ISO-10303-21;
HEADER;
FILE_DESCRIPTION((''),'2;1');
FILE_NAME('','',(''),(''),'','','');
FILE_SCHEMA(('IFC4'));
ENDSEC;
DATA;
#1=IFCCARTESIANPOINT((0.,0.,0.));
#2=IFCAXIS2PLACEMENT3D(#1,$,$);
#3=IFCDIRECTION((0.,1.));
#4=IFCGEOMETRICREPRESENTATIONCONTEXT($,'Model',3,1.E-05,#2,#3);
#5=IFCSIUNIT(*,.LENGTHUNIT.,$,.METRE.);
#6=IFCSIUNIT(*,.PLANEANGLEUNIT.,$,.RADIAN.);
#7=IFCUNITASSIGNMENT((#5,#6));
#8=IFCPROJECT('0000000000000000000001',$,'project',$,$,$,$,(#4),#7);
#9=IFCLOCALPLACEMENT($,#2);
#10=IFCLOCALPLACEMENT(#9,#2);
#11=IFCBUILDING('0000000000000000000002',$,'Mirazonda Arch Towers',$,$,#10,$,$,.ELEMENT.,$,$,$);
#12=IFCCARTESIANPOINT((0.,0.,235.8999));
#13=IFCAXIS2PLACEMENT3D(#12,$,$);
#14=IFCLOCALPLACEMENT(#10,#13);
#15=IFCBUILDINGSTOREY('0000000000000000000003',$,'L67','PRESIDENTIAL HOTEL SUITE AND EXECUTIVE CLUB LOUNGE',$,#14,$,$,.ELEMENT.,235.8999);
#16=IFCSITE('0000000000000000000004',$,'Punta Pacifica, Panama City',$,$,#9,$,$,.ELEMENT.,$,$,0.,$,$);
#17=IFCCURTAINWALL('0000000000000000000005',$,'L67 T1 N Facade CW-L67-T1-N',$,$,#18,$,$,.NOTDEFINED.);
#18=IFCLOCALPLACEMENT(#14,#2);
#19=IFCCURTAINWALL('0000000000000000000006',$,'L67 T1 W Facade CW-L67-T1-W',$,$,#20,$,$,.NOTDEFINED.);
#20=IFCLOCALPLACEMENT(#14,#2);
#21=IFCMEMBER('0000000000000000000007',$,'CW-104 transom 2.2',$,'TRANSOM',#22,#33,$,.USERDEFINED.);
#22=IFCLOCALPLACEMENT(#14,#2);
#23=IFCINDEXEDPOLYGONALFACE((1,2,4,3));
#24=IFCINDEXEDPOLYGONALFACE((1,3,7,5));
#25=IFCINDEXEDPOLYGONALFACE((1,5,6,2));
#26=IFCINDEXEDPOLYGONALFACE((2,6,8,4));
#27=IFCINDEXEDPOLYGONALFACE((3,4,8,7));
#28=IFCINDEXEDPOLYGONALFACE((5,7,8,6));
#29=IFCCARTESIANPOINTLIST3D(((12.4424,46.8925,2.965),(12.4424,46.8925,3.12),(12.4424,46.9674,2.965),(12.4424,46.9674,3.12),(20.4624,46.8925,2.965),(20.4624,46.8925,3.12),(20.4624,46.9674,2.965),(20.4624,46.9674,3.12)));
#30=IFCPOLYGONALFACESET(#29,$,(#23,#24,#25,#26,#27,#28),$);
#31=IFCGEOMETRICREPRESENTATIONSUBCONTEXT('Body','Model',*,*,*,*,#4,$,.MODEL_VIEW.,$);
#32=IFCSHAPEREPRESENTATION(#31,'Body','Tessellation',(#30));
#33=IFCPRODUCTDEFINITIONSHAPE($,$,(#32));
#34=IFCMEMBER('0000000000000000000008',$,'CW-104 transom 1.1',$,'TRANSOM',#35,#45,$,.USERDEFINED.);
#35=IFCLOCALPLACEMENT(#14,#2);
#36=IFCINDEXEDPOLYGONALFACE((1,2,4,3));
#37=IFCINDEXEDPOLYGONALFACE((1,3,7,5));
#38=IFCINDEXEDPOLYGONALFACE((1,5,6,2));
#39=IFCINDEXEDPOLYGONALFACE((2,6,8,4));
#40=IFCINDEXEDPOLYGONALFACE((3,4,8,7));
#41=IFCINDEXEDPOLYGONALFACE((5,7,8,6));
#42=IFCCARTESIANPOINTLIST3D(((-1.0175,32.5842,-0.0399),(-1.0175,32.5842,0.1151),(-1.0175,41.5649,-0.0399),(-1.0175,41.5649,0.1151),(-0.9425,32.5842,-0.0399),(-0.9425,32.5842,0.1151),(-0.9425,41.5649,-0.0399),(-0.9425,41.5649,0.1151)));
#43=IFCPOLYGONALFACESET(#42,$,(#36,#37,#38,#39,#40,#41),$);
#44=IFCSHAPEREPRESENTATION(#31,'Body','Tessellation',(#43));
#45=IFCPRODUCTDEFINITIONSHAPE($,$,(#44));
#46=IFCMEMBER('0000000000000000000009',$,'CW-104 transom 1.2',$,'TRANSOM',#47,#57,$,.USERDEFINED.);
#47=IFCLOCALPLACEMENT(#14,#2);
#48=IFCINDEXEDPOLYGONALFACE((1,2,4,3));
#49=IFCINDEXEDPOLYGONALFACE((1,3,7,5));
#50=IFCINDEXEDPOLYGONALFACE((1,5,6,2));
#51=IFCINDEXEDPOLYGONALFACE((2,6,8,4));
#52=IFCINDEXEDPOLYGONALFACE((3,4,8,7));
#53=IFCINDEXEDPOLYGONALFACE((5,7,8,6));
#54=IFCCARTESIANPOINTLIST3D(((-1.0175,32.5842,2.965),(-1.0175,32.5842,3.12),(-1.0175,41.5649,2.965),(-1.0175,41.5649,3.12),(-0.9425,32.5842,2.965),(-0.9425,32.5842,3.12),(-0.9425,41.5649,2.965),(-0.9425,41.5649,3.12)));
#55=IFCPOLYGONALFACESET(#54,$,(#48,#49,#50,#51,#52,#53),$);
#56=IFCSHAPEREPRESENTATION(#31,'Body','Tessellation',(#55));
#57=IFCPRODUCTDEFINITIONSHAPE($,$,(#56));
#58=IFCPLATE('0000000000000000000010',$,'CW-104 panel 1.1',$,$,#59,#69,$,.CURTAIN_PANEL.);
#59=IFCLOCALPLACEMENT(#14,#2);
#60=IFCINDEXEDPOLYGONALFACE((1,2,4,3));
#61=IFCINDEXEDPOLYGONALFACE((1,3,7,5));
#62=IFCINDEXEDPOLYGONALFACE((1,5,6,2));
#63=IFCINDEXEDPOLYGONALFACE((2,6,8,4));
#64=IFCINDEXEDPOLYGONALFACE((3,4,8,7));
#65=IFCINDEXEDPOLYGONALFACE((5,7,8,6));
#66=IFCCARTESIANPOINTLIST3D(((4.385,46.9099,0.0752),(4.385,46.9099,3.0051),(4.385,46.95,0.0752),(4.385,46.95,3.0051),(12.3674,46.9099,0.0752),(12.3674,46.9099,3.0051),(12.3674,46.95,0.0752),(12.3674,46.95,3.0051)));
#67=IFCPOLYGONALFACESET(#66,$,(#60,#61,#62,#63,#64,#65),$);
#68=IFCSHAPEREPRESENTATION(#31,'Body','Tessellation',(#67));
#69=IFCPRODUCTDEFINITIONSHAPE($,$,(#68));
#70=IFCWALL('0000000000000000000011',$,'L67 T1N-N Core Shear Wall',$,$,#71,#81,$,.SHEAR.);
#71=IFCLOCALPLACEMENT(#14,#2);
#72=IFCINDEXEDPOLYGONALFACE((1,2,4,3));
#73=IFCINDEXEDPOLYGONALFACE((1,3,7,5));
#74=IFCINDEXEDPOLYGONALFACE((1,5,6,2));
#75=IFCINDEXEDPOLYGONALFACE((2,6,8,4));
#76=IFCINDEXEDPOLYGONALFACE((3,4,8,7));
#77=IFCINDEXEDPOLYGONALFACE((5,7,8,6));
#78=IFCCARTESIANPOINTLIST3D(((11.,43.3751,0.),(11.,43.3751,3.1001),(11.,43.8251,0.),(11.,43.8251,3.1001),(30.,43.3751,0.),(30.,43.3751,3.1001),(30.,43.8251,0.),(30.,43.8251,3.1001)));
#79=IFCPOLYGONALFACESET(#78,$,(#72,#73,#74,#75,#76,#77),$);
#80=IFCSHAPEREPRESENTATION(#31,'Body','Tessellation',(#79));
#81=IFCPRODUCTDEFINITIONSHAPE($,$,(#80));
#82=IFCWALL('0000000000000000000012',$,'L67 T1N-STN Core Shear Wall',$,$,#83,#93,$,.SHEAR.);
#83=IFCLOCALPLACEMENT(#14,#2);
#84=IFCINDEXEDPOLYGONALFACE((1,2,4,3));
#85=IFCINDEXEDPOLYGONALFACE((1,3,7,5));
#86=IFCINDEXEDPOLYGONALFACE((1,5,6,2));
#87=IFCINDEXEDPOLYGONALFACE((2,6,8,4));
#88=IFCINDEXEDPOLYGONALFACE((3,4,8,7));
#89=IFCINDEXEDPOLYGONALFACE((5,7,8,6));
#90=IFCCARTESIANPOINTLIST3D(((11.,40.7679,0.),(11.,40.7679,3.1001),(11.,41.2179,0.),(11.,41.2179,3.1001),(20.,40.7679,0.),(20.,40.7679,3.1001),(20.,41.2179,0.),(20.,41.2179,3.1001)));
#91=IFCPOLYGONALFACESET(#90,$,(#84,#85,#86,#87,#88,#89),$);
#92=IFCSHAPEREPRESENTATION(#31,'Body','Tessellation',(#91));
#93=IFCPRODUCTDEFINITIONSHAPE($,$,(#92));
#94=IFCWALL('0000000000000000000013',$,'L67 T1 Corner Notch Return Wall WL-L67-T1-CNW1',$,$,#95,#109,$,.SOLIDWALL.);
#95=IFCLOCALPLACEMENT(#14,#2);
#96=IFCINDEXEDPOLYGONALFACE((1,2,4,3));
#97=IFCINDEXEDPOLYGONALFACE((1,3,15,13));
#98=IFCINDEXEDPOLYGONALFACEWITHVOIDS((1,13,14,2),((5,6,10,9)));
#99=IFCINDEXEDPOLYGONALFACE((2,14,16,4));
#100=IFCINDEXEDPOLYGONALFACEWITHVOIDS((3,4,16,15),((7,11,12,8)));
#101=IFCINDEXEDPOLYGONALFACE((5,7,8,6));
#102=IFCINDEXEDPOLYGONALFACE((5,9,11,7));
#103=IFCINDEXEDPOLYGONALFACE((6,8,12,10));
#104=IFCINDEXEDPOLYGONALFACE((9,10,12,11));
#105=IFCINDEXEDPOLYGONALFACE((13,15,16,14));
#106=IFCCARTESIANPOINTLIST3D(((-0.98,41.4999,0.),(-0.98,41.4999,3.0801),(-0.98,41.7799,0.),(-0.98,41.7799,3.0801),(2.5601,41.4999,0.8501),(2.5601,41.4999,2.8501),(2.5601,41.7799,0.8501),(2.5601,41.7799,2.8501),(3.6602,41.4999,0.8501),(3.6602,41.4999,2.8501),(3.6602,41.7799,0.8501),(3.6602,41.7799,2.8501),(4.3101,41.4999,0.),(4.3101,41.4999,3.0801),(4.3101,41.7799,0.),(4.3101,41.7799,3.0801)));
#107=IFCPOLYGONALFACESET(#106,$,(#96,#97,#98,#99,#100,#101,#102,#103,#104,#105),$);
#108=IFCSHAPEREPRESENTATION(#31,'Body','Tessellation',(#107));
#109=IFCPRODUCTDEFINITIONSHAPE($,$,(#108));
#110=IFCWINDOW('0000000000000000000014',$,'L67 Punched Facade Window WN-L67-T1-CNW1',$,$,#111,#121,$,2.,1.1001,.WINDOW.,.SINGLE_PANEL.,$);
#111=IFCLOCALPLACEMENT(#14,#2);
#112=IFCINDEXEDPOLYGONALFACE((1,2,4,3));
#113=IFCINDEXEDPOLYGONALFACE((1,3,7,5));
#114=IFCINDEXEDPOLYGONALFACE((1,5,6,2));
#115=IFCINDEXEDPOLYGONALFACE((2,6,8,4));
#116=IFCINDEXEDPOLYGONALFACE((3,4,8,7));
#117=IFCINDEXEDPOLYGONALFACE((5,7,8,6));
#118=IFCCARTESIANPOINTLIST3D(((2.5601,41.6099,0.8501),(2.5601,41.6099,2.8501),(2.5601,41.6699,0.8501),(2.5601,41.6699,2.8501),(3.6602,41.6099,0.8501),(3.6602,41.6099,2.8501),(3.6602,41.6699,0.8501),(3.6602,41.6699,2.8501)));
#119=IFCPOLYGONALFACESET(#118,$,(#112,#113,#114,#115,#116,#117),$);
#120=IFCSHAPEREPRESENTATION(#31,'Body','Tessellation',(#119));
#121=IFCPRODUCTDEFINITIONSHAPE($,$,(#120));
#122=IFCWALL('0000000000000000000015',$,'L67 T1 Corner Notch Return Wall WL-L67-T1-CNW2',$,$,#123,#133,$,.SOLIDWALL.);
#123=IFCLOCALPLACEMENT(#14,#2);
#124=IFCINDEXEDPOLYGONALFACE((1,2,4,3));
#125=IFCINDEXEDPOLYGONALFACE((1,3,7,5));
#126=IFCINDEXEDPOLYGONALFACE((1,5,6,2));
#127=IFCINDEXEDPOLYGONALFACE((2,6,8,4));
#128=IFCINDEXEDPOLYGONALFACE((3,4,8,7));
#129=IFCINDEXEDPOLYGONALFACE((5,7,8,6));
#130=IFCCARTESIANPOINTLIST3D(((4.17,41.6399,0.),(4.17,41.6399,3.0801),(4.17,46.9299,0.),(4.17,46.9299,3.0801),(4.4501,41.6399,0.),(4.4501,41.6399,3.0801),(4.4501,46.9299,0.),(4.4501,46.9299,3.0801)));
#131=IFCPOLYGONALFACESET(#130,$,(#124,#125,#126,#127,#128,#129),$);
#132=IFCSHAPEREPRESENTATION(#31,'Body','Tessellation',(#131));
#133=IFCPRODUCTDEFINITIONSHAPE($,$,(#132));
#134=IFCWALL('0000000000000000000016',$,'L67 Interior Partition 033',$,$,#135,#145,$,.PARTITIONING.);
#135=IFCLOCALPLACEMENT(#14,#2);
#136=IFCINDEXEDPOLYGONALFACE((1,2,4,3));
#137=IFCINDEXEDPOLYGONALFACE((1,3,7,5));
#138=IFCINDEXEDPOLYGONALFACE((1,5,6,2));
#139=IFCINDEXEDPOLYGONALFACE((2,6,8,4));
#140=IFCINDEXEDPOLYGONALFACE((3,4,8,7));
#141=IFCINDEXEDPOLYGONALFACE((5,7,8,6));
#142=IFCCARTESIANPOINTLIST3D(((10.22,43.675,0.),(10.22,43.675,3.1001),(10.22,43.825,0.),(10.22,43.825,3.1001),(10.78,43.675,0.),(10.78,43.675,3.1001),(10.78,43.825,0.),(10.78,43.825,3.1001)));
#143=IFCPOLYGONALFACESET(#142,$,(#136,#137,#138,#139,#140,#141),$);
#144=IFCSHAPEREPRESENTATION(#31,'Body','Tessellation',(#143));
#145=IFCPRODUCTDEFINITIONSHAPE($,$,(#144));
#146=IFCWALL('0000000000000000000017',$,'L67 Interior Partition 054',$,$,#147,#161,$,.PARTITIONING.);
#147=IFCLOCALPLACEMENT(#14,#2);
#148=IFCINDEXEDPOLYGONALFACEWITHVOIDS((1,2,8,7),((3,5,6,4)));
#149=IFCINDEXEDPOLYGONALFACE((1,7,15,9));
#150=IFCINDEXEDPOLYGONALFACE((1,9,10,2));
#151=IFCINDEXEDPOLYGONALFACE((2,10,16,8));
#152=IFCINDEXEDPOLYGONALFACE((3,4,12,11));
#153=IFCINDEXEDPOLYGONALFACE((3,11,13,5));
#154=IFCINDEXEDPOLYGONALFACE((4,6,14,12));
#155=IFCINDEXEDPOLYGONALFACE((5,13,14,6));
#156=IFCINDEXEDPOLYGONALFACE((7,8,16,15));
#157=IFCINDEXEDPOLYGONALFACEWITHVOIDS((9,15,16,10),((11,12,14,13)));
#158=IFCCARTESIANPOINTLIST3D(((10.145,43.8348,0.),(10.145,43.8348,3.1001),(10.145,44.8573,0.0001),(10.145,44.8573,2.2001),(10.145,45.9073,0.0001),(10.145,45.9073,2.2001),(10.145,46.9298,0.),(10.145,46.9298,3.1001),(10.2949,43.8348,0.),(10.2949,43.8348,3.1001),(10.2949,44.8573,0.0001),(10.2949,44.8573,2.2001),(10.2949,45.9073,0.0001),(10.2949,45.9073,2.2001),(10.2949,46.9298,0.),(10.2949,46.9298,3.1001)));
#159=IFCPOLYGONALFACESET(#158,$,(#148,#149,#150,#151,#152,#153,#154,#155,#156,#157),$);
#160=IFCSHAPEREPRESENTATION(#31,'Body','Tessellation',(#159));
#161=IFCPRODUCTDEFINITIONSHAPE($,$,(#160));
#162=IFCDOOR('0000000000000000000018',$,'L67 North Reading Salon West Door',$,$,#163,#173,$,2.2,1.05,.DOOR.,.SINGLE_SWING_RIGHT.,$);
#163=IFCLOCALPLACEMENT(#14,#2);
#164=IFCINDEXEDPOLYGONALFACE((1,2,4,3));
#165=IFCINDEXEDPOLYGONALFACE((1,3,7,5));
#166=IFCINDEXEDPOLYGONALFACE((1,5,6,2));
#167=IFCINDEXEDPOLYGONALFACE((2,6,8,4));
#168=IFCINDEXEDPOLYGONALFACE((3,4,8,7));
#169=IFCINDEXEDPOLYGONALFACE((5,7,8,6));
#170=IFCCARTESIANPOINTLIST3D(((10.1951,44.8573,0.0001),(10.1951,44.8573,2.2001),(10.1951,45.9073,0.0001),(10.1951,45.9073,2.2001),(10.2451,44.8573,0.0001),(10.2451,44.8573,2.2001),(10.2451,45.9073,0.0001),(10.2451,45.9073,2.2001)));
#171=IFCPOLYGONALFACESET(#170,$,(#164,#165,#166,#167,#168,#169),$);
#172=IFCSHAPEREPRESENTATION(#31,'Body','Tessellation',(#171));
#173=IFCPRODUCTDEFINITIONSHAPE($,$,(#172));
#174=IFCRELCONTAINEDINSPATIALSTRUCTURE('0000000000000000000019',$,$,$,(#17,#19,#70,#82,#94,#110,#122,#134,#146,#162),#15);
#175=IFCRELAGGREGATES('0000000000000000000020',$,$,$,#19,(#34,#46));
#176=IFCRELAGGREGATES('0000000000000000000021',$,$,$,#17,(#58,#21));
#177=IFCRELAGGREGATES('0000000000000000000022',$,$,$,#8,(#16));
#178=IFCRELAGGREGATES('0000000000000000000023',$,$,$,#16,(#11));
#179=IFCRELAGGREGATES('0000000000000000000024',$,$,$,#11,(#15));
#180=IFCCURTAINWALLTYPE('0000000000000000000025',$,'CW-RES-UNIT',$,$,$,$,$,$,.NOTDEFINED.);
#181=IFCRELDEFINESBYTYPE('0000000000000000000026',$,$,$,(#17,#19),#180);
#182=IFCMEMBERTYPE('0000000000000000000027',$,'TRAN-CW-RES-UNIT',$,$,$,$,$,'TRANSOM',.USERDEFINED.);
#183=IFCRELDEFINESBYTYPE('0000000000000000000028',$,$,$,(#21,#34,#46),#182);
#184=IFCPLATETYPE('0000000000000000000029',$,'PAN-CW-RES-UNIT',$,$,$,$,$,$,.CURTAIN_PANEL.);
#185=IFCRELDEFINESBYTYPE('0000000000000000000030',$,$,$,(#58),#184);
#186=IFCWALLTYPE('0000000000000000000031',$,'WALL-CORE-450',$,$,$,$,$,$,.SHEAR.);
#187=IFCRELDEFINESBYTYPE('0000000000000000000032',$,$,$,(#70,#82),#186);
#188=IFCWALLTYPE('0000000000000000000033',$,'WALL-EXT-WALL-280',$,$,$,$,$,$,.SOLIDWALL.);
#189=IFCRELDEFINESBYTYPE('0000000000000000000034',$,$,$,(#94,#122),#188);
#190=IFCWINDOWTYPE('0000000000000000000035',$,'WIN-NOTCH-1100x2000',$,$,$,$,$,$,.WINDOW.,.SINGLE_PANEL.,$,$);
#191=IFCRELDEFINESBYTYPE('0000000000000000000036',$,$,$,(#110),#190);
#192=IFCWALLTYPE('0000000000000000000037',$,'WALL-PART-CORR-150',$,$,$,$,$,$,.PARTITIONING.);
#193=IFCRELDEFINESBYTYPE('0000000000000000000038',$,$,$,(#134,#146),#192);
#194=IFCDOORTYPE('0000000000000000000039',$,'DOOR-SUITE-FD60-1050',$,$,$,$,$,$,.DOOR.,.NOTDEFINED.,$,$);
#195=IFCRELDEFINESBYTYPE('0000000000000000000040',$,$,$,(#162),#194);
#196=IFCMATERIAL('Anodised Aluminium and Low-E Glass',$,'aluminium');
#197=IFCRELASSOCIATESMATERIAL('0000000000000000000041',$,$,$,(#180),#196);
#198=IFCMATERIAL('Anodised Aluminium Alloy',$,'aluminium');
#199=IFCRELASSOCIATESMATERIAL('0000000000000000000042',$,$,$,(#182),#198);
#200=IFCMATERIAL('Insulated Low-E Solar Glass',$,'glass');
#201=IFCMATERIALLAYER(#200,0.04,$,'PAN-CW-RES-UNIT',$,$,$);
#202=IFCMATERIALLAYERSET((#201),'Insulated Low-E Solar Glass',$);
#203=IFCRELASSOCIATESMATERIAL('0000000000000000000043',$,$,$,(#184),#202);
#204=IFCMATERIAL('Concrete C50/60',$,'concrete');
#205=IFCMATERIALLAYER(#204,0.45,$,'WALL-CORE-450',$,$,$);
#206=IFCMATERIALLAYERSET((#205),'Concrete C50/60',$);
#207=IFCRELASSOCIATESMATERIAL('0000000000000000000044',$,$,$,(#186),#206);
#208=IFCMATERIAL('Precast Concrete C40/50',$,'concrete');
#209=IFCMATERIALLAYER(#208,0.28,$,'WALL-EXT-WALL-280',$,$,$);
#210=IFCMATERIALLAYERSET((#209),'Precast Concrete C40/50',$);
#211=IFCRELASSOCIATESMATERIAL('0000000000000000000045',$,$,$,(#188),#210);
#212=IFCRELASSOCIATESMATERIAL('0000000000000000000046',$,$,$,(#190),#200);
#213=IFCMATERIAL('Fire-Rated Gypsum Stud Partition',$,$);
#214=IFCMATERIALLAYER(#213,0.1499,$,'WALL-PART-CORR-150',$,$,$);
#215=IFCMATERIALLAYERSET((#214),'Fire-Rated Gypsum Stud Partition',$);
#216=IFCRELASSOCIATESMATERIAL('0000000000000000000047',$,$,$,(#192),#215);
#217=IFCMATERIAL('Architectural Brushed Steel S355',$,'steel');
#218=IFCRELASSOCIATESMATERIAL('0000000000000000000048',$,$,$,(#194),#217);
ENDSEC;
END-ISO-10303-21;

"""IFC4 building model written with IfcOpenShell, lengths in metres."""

from ifc_helpers import new_model, si_unit, direction, frame, frame_2d, origin, origin_2d, place, context, subcontext, project, spatial, rectangle, extrude, material, layer, layer_set, material_profile, profile_set, type_object, element, fill, aggregate, save


model = new_model("IFC4")

# Units and contexts
model_context = context("Model", 3, precision=1e-05, world=origin(), true_north=direction((0.0, 1.0)))
body_context = subcontext(model_context, "Body", "Model", "MODEL_VIEW")
ifc_project = project(units=[si_unit("LENGTHUNIT", "METRE"), si_unit("PLANEANGLEUNIT", "RADIAN")], contexts=[model_context])

# Site, building, storey
site_placement = place(None, origin())
site = spatial("IfcSite", under=ifc_project, at=site_placement, Name="Punta Pacifica, Panama City", CompositionType="ELEMENT", RefElevation=0.0)
building_placement = place(site_placement, origin())
building = spatial("IfcBuilding", under=site, at=building_placement, Name="Mirazonda Arch Towers", CompositionType="ELEMENT")
storey_placement = place(building_placement, frame((0.0, 0.0, 235.8999)))
storey = spatial("IfcBuildingStorey", under=building, at=storey_placement, Name="L67", Description="PRESIDENTIAL HOTEL SUITE AND EXECUTIVE CLUB LOUNGE", CompositionType="ELEMENT", Elevation=235.8999)

# Shared definitions
ifc_material_1 = material(Name="Concrete C50/60", Category="concrete")

# Curtain wall
ifc_material_2 = material(Name="Anodised Aluminium and Low-E Glass", Category="aluminium")
curtain_wall_type = type_object("IfcCurtainWallType", Name="CW-RES-UNIT", PredefinedType="NOTDEFINED", material=ifc_material_2)
curtain_wall_1_placement = place(storey_placement, origin())
curtain_wall_1 = element("IfcCurtainWall", 1, at=curtain_wall_1_placement, inside=storey, type_object=curtain_wall_type, Name="L67 T1 N Facade CW-L67-T1-N", PredefinedType="NOTDEFINED")
ifc_material_3 = material(Name="Anodised Aluminium Alloy", Category="aluminium")

# Curtain wall
curtain_wall_2_placement = place(storey_placement, origin())
curtain_wall_2 = element("IfcCurtainWall", 2, at=curtain_wall_2_placement, inside=storey, type_object=curtain_wall_type, Name="L67 T1 W Facade CW-L67-T1-W", PredefinedType="NOTDEFINED")

# Members
ifc_material_profile_1 = material_profile(ifc_material_3, rectangle(XDim=0.075, YDim=0.155, at=origin_2d()), Name="ALU-TRAN-75x155")
ifc_profile_set_1 = profile_set([ifc_material_profile_1], Name="Anodised Aluminium Alloy")
member_type_1 = type_object("IfcMemberType", Name="TRAN-CW-RES-UNIT", ElementType="TRANSOM", PredefinedType="USERDEFINED", material=ifc_profile_set_1)
member_1_placement = place(storey_placement, frame((12.4424, 46.9299, 3.0425), z_axis=(1.0, 0.0, 0.0), x_axis=(0.0, 1.0, 0.0)))
member_1 = element("IfcMember", 3, at=member_1_placement, type_object=member_type_1, Name="CW-104 transom 2.2", ObjectType="TRANSOM", PredefinedType="USERDEFINED", context=body_context, shape_type="SweptSolid", body=[
    extrude(rectangle(XDim=0.075, YDim=0.155, at=origin_2d()), origin(), (0.0, 0.0, 1.0), 8.02),
])
member_2_placement = place(storey_placement, frame((-0.98, 41.5649, 0.0376), z_axis=(0.0, -1.0, 0.0), x_axis=(1.0, 0.0, 0.0)))
member_2 = element("IfcMember", 4, at=member_2_placement, type_object=member_type_1, Name="CW-104 transom 1.1", ObjectType="TRANSOM", PredefinedType="USERDEFINED", context=body_context, shape_type="SweptSolid", body=[
    extrude(rectangle(XDim=0.075, YDim=0.155, at=origin_2d()), origin(), (0.0, 0.0, 1.0), 8.9807),
])
member_3_placement = place(storey_placement, frame((-0.98, 41.5649, 3.0425), z_axis=(0.0, -1.0, 0.0), x_axis=(1.0, 0.0, 0.0)))
member_3 = element("IfcMember", 5, at=member_3_placement, type_object=member_type_1, Name="CW-104 transom 1.2", ObjectType="TRANSOM", PredefinedType="USERDEFINED", context=body_context, shape_type="SweptSolid", body=[
    extrude(rectangle(XDim=0.075, YDim=0.155, at=origin_2d()), origin(), (0.0, 0.0, 1.0), 8.9807),
])
aggregate(curtain_wall_2, [member_2, member_3])

# Plate
ifc_material_4 = material(Name="Insulated Low-E Solar Glass", Category="glass")
ifc_layer_1 = layer(ifc_material_4, 0.04, Name="PAN-CW-RES-UNIT")
ifc_layer_set_1 = layer_set([ifc_layer_1], Name="Insulated Low-E Solar Glass")
plate_type = type_object("IfcPlateType", Name="PAN-CW-RES-UNIT", PredefinedType="CURTAIN_PANEL", material=ifc_layer_set_1)
plate_placement = place(storey_placement, frame((8.3762, 46.9299, 0.0752), z_axis=(0.0, 0.0, 1.0), x_axis=(1.0, 0.0, 0.0)))
plate = element("IfcPlate", 6, at=plate_placement, type_object=plate_type, Name="CW-104 panel 1.1", PredefinedType="CURTAIN_PANEL", context=body_context, shape_type="SweptSolid", body=[
    extrude(rectangle(XDim=7.9824, YDim=0.04, at=origin_2d()), origin(), (0.0, 0.0, 1.0), 2.9299),
])
aggregate(curtain_wall_1, [plate, member_1])

# Walls
ifc_layer_2 = layer(ifc_material_1, 0.45, Name="WALL-CORE-450")
ifc_layer_set_2 = layer_set([ifc_layer_2], Name="Concrete C50/60")
wall_type_1 = type_object("IfcWallType", Name="WALL-CORE-450", PredefinedType="SHEAR", material=ifc_layer_set_2)
wall_1_placement = place(storey_placement, frame((11.0, 43.6001, 0.0), z_axis=(0.0, 0.0, 1.0), x_axis=(1.0, 0.0, 0.0)))
element("IfcWall", 7, at=wall_1_placement, inside=storey, type_object=wall_type_1, Name="L67 T1N-N Core Shear Wall", PredefinedType="SHEAR", context=body_context, shape_type="SweptSolid", body=[
    extrude(rectangle(XDim=19.0, YDim=0.45, at=frame_2d((9.5, 0.0))), origin(), (0.0, 0.0, 1.0), 3.1001),
])
wall_2_placement = place(storey_placement, frame((11.0, 40.9929, 0.0), z_axis=(0.0, 0.0, 1.0), x_axis=(1.0, 0.0, 0.0)))
element("IfcWall", 8, at=wall_2_placement, inside=storey, type_object=wall_type_1, Name="L67 T1N-STN Core Shear Wall", PredefinedType="SHEAR", context=body_context, shape_type="SweptSolid", body=[
    extrude(rectangle(XDim=9.0, YDim=0.45, at=frame_2d((4.5, 0.0))), origin(), (0.0, 0.0, 1.0), 3.1001),
])

# Wall, opening, window
ifc_material_5 = material(Name="Precast Concrete C40/50", Category="concrete")
ifc_layer_3 = layer(ifc_material_5, 0.28, Name="WALL-EXT-WALL-280")
ifc_layer_set_3 = layer_set([ifc_layer_3], Name="Precast Concrete C40/50")
wall_type_2 = type_object("IfcWallType", Name="WALL-EXT-WALL-280", PredefinedType="SOLIDWALL", material=ifc_layer_set_3)
wall_3_placement = place(storey_placement, frame((4.3101, 41.6399, 0.0), z_axis=(0.0, 0.0, 1.0), x_axis=(-1.0, 0.0, 0.0)))
wall_3 = element("IfcWall", 9, at=wall_3_placement, inside=storey, type_object=wall_type_2, Name="L67 T1 Corner Notch Return Wall WL-L67-T1-CNW1", PredefinedType="SOLIDWALL", context=body_context, shape_type="SweptSolid", body=[
    extrude(rectangle(XDim=5.29, YDim=0.28, at=frame_2d((2.645, 0.0))), origin(), (0.0, 0.0, 1.0), 3.0801),
])
opening_1_placement = place(wall_3_placement, frame((0.6499, 0.0, 0.8501)))
opening_1 = element("IfcOpeningElement", 10, at=opening_1_placement, cuts=wall_3, PredefinedType="OPENING", context=body_context, shape_type="SweptSolid", body=[
    extrude(rectangle(XDim=1.1001, YDim=2.0, at=frame_2d((0.55, 1.0))), frame((0.0, 0.1499, 0.0), z_axis=(0.0, -1.0, 0.0), x_axis=(1.0, 0.0, 0.0)), (0.0, 0.0, 1.0), 0.3),
])
window_type = type_object("IfcWindowType", Name="WIN-NOTCH-1100x2000", PartitioningType="SINGLE_PANEL", PredefinedType="WINDOW", material=ifc_material_4)
window_placement = place(opening_1_placement, origin())
window = element("IfcWindow", 11, at=window_placement, inside=storey, type_object=window_type, Name="L67 Punched Facade Window WN-L67-T1-CNW1", OverallHeight=2.0, OverallWidth=1.1001, PartitioningType="SINGLE_PANEL", PredefinedType="WINDOW", context=body_context, shape_type="SweptSolid", body=[
    extrude(rectangle(XDim=1.1001, YDim=2.0, at=frame_2d((0.55, 1.0))), frame((0.0, 0.03, 0.0), z_axis=(0.0, -1.0, 0.0), x_axis=(1.0, 0.0, 0.0)), (0.0, 0.0, 1.0), 0.0601),
])
fill(opening_1, window)

# Walls
wall_4_placement = place(storey_placement, frame((4.3101, 46.9299, 0.0), z_axis=(0.0, 0.0, 1.0), x_axis=(0.0, -1.0, 0.0)))
element("IfcWall", 12, at=wall_4_placement, inside=storey, type_object=wall_type_2, Name="L67 T1 Corner Notch Return Wall WL-L67-T1-CNW2", PredefinedType="SOLIDWALL", context=body_context, shape_type="SweptSolid", body=[
    extrude(rectangle(XDim=5.29, YDim=0.28, at=frame_2d((2.645, 0.0))), origin(), (0.0, 0.0, 1.0), 3.0801),
])
ifc_material_6 = material(Name="Fire-Rated Gypsum Stud Partition")
ifc_layer_4 = layer(ifc_material_6, 0.1499, Name="WALL-PART-CORR-150")
ifc_layer_set_4 = layer_set([ifc_layer_4], Name="Fire-Rated Gypsum Stud Partition")
wall_type_3 = type_object("IfcWallType", Name="WALL-PART-CORR-150", PredefinedType="PARTITIONING", material=ifc_layer_set_4)
wall_5_placement = place(storey_placement, frame((10.22, 43.75, 0.0), z_axis=(0.0, 0.0, 1.0), x_axis=(1.0, 0.0, 0.0)))
element("IfcWall", 13, at=wall_5_placement, inside=storey, type_object=wall_type_3, Name="L67 Interior Partition 033", PredefinedType="PARTITIONING", context=body_context, shape_type="SweptSolid", body=[
    extrude(rectangle(XDim=0.5601, YDim=0.1499, at=frame_2d((0.28, 0.0))), origin(), (0.0, 0.0, 1.0), 3.1001),
])

# Wall, opening, door
wall_6_placement = place(storey_placement, frame((10.22, 43.835, 0.0), z_axis=(0.0, 0.0, 1.0), x_axis=(0.0, 1.0, 0.0)))
wall_6 = element("IfcWall", 14, at=wall_6_placement, inside=storey, type_object=wall_type_3, Name="L67 Interior Partition 054", PredefinedType="PARTITIONING", context=body_context, shape_type="SweptSolid", body=[
    extrude(rectangle(XDim=3.095, YDim=0.1499, at=frame_2d((1.5474, 0.0))), origin(), (0.0, 0.0, 1.0), 3.1001),
])
opening_2_placement = place(wall_6_placement, frame((1.0225, 0.0, 0.0)))
opening_2 = element("IfcOpeningElement", 15, at=opening_2_placement, cuts=wall_6, PredefinedType="OPENING", context=body_context, shape_type="SweptSolid", body=[
    extrude(rectangle(XDim=1.05, YDim=2.2, at=frame_2d((0.5249, 1.1001))), frame((0.0, 0.085, 0.0), z_axis=(0.0, -1.0, 0.0), x_axis=(1.0, 0.0, 0.0)), (0.0, 0.0, 1.0), 0.1699),
])
ifc_material_7 = material(Name="Architectural Brushed Steel S355", Category="steel")
door_type_1 = type_object("IfcDoorType", Name="DOOR-SUITE-FD60-1050", OperationType="NOTDEFINED", PredefinedType="DOOR", material=ifc_material_7)
door_1_placement = place(opening_2_placement, origin())
door_1 = element("IfcDoor", 16, at=door_1_placement, inside=storey, type_object=door_type_1, Name="L67 North Reading Salon West Door", OperationType="SINGLE_SWING_RIGHT", OverallHeight=2.2, OverallWidth=1.05, PredefinedType="DOOR", context=body_context, shape_type="SweptSolid", body=[
    extrude(rectangle(XDim=1.05, YDim=2.2, at=frame_2d((0.5249, 1.1001))), frame((0.0, 0.0249, 0.0), z_axis=(0.0, -1.0, 0.0), x_axis=(1.0, 0.0, 0.0)), (0.0, 0.0, 1.0), 0.05),
])
fill(opening_2, door_1)

save(model, "model.ifc")
